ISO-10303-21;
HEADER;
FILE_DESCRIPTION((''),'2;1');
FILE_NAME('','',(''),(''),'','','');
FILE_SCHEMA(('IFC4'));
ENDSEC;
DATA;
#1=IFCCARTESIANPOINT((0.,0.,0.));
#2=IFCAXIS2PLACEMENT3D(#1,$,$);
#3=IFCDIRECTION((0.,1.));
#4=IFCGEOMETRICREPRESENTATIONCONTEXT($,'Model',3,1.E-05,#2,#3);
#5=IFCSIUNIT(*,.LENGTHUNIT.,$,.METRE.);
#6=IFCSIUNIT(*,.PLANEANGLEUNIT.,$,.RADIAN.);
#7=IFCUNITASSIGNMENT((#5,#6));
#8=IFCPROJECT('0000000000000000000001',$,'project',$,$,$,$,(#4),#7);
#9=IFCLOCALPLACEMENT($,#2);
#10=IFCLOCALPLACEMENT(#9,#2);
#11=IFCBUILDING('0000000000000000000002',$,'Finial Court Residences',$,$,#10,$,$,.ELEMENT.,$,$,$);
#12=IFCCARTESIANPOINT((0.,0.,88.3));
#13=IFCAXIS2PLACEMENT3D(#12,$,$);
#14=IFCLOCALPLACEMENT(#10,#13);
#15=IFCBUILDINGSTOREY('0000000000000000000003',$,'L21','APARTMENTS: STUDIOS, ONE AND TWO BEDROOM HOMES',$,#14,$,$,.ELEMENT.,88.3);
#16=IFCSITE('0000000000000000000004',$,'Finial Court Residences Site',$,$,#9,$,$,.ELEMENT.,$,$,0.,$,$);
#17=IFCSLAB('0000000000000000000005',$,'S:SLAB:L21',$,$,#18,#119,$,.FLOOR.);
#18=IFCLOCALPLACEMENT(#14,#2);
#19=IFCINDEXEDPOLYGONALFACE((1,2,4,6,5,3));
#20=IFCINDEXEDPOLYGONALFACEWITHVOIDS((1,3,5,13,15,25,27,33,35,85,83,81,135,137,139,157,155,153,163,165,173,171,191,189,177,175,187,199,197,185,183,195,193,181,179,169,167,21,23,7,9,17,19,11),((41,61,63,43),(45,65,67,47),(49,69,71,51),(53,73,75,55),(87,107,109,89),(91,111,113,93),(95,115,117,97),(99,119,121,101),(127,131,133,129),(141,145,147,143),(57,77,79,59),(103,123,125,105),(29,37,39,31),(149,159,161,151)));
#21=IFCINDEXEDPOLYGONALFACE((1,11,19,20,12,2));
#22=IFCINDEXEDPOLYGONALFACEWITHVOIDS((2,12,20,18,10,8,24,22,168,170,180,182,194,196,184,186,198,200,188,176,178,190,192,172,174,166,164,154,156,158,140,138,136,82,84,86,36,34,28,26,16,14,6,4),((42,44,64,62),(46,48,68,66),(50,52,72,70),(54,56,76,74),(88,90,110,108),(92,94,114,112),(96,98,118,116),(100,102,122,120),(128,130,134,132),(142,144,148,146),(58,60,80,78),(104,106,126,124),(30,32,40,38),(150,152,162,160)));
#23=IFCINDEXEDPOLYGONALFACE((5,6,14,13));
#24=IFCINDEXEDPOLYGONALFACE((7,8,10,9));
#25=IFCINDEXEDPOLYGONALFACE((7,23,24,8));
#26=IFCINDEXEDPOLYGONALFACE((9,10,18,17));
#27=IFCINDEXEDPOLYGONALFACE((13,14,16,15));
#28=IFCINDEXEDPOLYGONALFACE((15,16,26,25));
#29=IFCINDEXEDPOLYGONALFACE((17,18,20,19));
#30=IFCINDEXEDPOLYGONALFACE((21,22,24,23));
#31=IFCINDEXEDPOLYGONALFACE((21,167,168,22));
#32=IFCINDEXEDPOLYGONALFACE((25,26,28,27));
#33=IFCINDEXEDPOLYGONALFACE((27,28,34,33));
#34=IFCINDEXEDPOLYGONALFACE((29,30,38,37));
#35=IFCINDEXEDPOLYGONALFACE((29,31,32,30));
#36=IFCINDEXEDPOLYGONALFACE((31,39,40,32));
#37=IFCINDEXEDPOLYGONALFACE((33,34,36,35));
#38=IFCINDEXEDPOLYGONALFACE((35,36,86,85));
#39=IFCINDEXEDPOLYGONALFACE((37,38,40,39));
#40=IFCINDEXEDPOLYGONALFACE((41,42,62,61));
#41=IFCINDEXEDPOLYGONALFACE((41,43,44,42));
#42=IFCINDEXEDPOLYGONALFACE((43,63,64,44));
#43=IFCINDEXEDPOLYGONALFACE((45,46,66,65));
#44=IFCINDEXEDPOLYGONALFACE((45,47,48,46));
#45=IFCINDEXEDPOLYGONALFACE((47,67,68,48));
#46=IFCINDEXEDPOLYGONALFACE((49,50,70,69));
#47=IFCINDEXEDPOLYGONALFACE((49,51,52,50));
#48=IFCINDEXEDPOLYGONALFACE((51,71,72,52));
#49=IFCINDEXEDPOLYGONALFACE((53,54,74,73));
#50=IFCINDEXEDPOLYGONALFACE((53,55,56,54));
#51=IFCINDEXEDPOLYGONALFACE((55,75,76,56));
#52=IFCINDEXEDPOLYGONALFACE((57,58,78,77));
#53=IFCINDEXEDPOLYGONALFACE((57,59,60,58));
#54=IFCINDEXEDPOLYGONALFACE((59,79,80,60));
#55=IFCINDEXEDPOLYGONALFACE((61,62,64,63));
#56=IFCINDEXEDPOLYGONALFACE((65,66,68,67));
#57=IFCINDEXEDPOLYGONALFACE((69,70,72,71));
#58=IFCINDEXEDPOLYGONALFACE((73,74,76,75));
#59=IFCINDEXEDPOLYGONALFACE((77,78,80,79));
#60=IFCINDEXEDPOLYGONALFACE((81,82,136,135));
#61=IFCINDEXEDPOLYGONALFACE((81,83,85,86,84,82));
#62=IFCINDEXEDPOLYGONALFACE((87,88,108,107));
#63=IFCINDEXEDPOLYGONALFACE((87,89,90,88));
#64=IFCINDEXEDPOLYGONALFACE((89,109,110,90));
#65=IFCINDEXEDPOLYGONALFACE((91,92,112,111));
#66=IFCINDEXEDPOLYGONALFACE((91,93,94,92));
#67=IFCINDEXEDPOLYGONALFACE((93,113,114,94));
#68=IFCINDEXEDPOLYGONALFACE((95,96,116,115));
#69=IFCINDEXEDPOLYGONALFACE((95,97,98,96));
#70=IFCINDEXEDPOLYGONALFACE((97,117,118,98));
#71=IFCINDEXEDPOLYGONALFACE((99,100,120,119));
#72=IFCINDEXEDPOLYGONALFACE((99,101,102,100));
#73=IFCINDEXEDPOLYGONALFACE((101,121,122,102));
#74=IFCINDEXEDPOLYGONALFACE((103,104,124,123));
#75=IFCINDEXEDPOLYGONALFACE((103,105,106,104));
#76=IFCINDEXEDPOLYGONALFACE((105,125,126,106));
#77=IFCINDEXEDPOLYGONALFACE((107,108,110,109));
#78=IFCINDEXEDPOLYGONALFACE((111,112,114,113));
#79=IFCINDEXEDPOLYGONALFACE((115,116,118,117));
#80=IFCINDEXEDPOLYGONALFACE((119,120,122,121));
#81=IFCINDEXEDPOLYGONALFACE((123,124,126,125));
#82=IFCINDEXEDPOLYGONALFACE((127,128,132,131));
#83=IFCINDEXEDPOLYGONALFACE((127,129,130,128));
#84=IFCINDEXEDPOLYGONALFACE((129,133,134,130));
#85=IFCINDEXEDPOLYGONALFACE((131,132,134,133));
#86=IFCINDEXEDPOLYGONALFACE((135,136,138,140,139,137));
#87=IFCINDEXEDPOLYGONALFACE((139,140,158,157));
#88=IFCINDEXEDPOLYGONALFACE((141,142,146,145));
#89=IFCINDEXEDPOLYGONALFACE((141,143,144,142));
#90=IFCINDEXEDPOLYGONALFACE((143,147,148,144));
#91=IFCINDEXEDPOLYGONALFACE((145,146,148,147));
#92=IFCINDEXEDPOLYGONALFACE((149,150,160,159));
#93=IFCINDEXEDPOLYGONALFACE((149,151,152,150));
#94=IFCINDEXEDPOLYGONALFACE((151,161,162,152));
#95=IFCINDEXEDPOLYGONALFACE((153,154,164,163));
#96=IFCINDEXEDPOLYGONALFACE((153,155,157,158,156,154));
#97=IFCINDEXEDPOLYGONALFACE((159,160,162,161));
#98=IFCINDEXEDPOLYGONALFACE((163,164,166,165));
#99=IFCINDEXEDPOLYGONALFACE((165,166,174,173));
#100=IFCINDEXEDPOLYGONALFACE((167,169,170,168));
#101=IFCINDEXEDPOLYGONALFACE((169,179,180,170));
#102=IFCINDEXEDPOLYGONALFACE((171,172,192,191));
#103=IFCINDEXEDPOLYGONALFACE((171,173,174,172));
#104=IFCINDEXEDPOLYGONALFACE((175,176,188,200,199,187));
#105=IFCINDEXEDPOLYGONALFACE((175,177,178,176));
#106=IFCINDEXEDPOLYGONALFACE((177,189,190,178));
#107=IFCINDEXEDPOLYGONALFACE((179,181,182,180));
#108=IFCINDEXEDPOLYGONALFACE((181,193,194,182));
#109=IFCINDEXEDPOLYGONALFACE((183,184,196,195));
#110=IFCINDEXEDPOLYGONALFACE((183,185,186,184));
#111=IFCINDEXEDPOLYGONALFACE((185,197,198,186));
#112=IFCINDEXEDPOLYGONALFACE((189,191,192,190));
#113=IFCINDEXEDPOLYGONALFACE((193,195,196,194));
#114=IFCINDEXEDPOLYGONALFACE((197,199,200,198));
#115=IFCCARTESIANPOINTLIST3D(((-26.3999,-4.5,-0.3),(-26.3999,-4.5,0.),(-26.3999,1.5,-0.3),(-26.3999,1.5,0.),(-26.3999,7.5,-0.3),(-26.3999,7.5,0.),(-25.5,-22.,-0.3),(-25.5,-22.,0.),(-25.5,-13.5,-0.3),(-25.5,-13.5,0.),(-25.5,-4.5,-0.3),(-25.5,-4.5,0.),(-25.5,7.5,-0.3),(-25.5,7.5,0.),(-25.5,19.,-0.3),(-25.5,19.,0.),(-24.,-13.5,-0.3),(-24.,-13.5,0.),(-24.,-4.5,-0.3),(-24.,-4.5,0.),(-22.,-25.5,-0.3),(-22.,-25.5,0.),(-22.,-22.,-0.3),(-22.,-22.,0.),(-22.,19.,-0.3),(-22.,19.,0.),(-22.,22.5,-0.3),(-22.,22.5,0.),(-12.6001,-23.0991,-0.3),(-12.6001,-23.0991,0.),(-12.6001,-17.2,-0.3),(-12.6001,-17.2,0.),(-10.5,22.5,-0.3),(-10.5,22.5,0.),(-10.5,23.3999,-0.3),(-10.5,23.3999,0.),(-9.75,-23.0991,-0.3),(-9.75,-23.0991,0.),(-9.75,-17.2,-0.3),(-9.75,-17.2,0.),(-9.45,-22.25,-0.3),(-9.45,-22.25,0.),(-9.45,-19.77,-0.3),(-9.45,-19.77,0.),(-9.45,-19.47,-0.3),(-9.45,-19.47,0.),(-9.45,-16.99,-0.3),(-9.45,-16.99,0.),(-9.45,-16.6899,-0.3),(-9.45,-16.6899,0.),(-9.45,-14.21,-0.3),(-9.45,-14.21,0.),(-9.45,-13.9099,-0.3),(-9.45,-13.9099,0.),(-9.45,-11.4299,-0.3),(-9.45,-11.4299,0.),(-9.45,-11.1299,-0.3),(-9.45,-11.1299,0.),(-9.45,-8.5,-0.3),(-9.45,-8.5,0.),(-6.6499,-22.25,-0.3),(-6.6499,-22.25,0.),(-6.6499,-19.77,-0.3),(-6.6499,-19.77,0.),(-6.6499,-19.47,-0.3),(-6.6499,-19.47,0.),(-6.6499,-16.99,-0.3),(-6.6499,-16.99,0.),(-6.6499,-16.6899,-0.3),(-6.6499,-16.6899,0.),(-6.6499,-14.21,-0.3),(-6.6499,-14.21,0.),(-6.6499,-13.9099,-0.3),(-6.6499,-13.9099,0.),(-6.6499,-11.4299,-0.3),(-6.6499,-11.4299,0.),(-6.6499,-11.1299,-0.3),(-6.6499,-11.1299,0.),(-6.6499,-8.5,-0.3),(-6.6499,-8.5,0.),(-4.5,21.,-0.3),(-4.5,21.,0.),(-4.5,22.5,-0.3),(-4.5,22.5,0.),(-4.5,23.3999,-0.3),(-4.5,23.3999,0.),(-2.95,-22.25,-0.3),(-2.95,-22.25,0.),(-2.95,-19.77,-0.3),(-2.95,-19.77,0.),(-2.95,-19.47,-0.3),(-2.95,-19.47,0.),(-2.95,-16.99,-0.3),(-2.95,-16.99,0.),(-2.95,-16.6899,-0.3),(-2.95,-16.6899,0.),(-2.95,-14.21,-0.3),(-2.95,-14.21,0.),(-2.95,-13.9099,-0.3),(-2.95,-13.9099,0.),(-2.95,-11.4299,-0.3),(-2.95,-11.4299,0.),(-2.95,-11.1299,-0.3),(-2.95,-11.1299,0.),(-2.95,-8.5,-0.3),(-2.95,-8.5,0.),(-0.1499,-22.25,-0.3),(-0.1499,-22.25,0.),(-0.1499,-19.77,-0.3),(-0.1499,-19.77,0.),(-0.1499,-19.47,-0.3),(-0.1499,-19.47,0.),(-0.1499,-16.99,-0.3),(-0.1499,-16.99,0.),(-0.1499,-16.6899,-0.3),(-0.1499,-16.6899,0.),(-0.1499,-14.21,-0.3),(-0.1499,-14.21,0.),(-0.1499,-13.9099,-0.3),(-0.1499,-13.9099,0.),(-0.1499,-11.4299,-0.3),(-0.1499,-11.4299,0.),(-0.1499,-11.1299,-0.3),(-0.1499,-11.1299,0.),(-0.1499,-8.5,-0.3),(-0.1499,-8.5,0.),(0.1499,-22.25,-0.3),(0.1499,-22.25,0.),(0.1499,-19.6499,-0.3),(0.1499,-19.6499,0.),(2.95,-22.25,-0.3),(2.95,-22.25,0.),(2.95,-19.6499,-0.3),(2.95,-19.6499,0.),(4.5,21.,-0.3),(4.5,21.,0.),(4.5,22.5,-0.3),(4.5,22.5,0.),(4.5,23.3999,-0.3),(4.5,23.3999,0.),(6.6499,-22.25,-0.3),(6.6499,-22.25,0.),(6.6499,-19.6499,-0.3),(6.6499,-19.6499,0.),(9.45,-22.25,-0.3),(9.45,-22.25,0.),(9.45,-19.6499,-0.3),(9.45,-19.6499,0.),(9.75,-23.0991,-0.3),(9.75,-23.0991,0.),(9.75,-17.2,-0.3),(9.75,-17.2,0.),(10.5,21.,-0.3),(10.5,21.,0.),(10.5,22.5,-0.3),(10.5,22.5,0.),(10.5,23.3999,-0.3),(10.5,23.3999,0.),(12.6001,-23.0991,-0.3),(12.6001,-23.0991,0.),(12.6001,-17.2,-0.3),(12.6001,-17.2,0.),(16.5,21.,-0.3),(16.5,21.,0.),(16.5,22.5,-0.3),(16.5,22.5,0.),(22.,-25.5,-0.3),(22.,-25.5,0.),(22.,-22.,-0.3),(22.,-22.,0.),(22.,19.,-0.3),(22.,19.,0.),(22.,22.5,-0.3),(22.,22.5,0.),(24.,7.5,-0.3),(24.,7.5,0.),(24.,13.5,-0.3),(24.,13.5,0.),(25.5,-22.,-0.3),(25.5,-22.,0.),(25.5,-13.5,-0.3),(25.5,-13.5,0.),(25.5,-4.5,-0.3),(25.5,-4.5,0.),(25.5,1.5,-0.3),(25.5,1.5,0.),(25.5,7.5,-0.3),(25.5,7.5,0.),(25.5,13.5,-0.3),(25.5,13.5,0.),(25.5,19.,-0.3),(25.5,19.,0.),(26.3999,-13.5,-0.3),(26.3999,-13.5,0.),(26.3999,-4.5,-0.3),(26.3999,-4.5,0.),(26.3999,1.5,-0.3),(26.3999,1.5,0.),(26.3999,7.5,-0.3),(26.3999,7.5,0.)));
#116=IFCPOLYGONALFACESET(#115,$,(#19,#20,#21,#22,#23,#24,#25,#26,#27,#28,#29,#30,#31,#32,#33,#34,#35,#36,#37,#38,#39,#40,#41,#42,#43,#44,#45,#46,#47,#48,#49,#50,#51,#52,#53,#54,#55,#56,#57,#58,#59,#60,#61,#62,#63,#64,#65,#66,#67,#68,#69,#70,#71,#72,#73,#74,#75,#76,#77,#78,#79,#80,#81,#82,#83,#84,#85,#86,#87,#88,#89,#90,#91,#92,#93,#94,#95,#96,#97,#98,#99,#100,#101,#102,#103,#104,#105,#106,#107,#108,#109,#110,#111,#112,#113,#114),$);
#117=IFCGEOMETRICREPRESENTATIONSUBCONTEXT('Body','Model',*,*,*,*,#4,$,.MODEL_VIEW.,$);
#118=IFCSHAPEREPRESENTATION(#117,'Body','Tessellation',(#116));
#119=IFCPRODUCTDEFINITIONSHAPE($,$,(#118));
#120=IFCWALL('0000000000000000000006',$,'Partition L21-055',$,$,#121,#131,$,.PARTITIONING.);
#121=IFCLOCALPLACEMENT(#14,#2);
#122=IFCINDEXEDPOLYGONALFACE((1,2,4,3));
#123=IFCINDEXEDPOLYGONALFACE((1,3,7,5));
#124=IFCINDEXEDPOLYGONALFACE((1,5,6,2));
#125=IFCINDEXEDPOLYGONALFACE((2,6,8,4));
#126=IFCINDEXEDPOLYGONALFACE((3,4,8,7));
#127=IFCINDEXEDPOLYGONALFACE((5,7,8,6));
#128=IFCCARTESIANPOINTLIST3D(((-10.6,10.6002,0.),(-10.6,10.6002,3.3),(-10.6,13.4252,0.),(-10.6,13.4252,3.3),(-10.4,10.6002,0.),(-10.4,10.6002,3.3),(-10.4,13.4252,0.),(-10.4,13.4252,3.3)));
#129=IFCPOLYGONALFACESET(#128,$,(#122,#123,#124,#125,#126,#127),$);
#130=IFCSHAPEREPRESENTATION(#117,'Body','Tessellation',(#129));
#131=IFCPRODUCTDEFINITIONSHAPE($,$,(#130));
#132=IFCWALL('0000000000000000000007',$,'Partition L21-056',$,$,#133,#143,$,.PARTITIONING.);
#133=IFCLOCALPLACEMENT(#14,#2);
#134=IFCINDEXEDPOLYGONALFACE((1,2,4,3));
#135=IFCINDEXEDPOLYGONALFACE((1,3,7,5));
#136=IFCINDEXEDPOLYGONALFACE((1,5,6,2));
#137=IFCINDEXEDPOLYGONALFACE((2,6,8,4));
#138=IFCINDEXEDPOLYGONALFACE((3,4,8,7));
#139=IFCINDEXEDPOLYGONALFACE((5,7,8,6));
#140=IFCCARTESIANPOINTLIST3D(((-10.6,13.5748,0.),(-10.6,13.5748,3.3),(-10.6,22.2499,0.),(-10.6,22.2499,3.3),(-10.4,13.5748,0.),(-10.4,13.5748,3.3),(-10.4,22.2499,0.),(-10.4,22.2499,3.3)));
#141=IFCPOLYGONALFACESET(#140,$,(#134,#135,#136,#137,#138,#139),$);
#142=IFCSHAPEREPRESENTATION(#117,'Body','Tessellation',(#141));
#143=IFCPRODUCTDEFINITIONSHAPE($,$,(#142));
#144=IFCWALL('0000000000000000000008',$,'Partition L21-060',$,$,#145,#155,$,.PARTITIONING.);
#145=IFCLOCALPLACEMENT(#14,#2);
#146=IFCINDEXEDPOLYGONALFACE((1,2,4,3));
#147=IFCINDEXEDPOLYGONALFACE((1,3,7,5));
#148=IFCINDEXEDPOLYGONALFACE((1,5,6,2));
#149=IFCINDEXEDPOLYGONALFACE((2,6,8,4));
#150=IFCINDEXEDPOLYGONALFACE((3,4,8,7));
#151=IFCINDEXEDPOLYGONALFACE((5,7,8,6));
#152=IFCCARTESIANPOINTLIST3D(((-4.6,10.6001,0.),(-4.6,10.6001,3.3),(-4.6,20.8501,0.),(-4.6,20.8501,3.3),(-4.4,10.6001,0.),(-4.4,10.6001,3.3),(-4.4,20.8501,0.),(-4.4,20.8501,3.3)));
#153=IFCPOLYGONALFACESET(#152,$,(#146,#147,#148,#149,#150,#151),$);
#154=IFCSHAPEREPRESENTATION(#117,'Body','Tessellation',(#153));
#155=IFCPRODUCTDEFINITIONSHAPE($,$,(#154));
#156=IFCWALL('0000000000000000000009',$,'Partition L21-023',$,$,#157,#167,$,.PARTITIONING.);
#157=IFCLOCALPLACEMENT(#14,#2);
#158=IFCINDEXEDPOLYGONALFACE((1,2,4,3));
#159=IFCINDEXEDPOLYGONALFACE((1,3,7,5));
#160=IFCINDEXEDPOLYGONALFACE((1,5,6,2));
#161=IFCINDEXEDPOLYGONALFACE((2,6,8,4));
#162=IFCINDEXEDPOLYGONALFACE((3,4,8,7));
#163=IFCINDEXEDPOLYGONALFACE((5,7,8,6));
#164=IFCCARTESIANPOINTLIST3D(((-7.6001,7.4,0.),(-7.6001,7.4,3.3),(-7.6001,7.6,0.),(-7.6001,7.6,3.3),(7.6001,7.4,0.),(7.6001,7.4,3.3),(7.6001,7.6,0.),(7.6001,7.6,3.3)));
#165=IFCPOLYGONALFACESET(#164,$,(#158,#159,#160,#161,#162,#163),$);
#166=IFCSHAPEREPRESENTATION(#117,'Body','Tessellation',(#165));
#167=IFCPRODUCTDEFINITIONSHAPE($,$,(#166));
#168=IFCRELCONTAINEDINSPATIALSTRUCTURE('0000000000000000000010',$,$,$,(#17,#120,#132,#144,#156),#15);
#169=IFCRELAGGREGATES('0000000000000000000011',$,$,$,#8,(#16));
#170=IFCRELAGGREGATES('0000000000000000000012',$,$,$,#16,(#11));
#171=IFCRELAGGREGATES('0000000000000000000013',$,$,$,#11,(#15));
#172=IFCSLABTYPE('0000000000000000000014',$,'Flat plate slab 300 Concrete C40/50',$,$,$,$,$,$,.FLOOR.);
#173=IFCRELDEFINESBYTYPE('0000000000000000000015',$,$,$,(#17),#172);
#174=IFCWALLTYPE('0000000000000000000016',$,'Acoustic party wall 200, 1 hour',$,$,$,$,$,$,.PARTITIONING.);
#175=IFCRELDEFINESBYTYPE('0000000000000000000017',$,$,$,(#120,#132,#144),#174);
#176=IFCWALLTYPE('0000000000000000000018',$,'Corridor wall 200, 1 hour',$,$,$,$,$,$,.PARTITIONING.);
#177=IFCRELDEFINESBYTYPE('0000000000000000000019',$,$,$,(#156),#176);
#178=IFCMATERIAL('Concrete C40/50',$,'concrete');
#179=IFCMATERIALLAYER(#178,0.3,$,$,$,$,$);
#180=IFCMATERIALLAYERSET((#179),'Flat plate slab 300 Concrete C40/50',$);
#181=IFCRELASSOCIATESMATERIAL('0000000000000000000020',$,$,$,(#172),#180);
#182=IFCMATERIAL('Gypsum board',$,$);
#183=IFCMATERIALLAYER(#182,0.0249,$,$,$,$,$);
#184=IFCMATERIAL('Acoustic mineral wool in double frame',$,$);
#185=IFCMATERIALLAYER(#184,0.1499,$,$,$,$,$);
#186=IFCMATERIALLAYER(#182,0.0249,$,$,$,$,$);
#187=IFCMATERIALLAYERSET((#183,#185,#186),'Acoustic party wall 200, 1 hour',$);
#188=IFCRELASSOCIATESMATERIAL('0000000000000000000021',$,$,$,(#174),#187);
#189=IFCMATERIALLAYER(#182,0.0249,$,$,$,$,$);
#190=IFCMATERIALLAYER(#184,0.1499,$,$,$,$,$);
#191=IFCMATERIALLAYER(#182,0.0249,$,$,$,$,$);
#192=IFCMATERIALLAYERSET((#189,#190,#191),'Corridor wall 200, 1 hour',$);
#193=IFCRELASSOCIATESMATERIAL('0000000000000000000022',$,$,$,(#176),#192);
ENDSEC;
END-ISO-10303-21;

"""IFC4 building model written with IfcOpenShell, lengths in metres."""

from ifc_helpers import new_model, si_unit, direction, frame, frame_2d, origin, place, context, subcontext, project, spatial, polyline, rectangle, outline, extrude, material, layer, layer_set, type_object, element, save


model = new_model("IFC4")

# Units and contexts
model_context = context("Model", 3, precision=1e-05, world=origin(), true_north=direction((0.0, 1.0)))
body_context = subcontext(model_context, "Body", "Model", "MODEL_VIEW")
ifc_project = project(units=[si_unit("LENGTHUNIT", "METRE"), si_unit("PLANEANGLEUNIT", "RADIAN")], contexts=[model_context])

# Site, building, storey
site_placement = place(None, origin())
site = spatial("IfcSite", under=ifc_project, at=site_placement, Name="Finial Court Residences Site", CompositionType="ELEMENT", RefElevation=0.0)
building_placement = place(site_placement, origin())
building = spatial("IfcBuilding", under=site, at=building_placement, Name="Finial Court Residences", CompositionType="ELEMENT")
storey_placement = place(building_placement, frame((0.0, 0.0, 88.3)))
storey = spatial("IfcBuildingStorey", under=building, at=storey_placement, Name="L21", Description="APARTMENTS: STUDIOS, ONE AND TWO BEDROOM HOMES", CompositionType="ELEMENT", Elevation=88.3)

# Slab
ifc_material_1 = material(Name="Concrete C40/50", Category="concrete")
ifc_layer_1 = layer(ifc_material_1, 0.3)
ifc_layer_set_1 = layer_set([ifc_layer_1], Name="Flat plate slab 300 Concrete C40/50")
slab_type = type_object("IfcSlabType", Name="Flat plate slab 300 Concrete C40/50", PredefinedType="FLOOR", material=ifc_layer_set_1)
slab_placement = place(storey_placement, frame((0.0, 0.0, -0.3)))
element("IfcSlab", 1, at=slab_placement, inside=storey, type_object=slab_type, Name="S:SLAB:L21", PredefinedType="FLOOR", context=body_context, shape_type="SweptSolid", body=[
    extrude(outline(polyline([(-26.3999, 1.5), (-26.3999, 7.5), (-25.5, 7.5), (-25.5, 19.0), (-22.0, 19.0), (-22.0, 22.5), (-10.5, 22.5), (-10.5, 23.3999), (-4.5, 23.3999), (-4.5, 22.5), (-4.5, 21.0), (4.5, 21.0), (4.5, 22.5), (4.5, 23.3999), (10.5, 23.3999), (10.5, 22.5), (10.5, 21.0), (16.5, 21.0), (16.5, 22.5), (22.0, 22.5), (22.0, 19.0), (25.5, 19.0), (25.5, 13.5), (24.0, 13.5), (24.0, 7.5), (25.5, 7.5), (26.3999, 7.5), (26.3999, 1.5), (25.5, 1.5), (25.5, -4.5), (26.3999, -4.5), (26.3999, -13.5), (25.5, -13.5), (25.5, -22.0), (22.0, -22.0), (22.0, -25.5), (-22.0, -25.5), (-22.0, -22.0), (-25.5, -22.0), (-25.5, -13.5), (-24.0, -13.5), (-24.0, -4.5), (-25.5, -4.5), (-26.3999, -4.5), (-26.3999, 1.5)]), holes=[polyline([(-6.6499, -19.77), (-9.45, -19.77), (-9.45, -22.25), (-6.6499, -22.25), (-6.6499, -19.77)]), polyline([(-9.75, -17.2), (-12.6001, -17.2), (-12.6001, -23.0991), (-9.75, -23.0991), (-9.75, -17.2)]), polyline([(-6.6499, -19.47), (-6.6499, -16.99), (-9.45, -16.99), (-9.45, -19.47), (-6.6499, -19.47)]), polyline([(-6.6499, -16.6899), (-6.6499, -14.21), (-9.45, -14.21), (-9.45, -16.6899), (-6.6499, -16.6899)]), polyline([(-6.6499, -13.9099), (-6.6499, -11.4299), (-9.45, -11.4299), (-9.45, -13.9099), (-6.6499, -13.9099)]), polyline([(-6.6499, -11.1299), (-6.6499, -8.5), (-9.45, -8.5), (-9.45, -11.1299), (-6.6499, -11.1299)]), polyline([(-0.1499, -11.1299), (-0.1499, -8.5), (-2.95, -8.5), (-2.95, -11.1299), (-0.1499, -11.1299)]), polyline([(-0.1499, -19.77), (-2.95, -19.77), (-2.95, -22.25), (-0.1499, -22.25), (-0.1499, -19.77)]), polyline([(2.95, -22.25), (2.95, -19.6499), (0.1499, -19.6499), (0.1499, -22.25), (2.95, -22.25)]), polyline([(9.45, -22.25), (9.45, -19.6499), (6.6499, -19.6499), (6.6499, -22.25), (9.45, -22.25)]), polyline([(12.6001, -17.2), (9.75, -17.2), (9.75, -23.0991), (12.6001, -23.0991), (12.6001, -17.2)]), polyline([(-0.1499, -19.47), (-0.1499, -16.99), (-2.95, -16.99), (-2.95, -19.47), (-0.1499, -19.47)]), polyline([(-0.1499, -16.6899), (-0.1499, -14.21), (-2.95, -14.21), (-2.95, -16.6899), (-0.1499, -16.6899)]), polyline([(-0.1499, -13.9099), (-0.1499, -11.4299), (-2.95, -11.4299), (-2.95, -13.9099), (-0.1499, -13.9099)])]), origin(), (0.0, 0.0, 1.0), 0.3),
])

# Walls
ifc_material_2 = material(Name="Gypsum board")
ifc_layer_2 = layer(ifc_material_2, 0.0249)
ifc_material_3 = material(Name="Acoustic mineral wool in double frame")
ifc_layer_3 = layer(ifc_material_3, 0.1499)
ifc_layer_4 = layer(ifc_material_2, 0.0249)
ifc_layer_set_2 = layer_set([ifc_layer_2, ifc_layer_3, ifc_layer_4], Name="Acoustic party wall 200, 1 hour")
wall_type_1 = type_object("IfcWallType", Name="Acoustic party wall 200, 1 hour", PredefinedType="PARTITIONING", material=ifc_layer_set_2)
wall_1_placement = place(storey_placement, frame((-10.5, 10.6001, 0.0), z_axis=(0.0, 0.0, 1.0), x_axis=(0.0, 1.0, 0.0)))
element("IfcWall", 2, at=wall_1_placement, inside=storey, type_object=wall_type_1, Name="Partition L21-055", PredefinedType="PARTITIONING", context=body_context, shape_type="SweptSolid", body=[
    extrude(rectangle(XDim=2.825, YDim=0.2, at=frame_2d((1.4126, 0.0))), origin(), (0.0, 0.0, 1.0), 3.3),
])
wall_2_placement = place(storey_placement, frame((-10.5, 13.575, 0.0), z_axis=(0.0, 0.0, 1.0), x_axis=(0.0, 1.0, 0.0)))
element("IfcWall", 3, at=wall_2_placement, inside=storey, type_object=wall_type_1, Name="Partition L21-056", PredefinedType="PARTITIONING", context=body_context, shape_type="SweptSolid", body=[
    extrude(rectangle(XDim=8.675, YDim=0.2, at=frame_2d((4.3374, 0.0))), origin(), (0.0, 0.0, 1.0), 3.3),
])
wall_3_placement = place(storey_placement, frame((-4.5, 10.6001, 0.0), z_axis=(0.0, 0.0, 1.0), x_axis=(0.0, 1.0, 0.0)))
element("IfcWall", 4, at=wall_3_placement, inside=storey, type_object=wall_type_1, Name="Partition L21-060", PredefinedType="PARTITIONING", context=body_context, shape_type="SweptSolid", body=[
    extrude(rectangle(XDim=10.25, YDim=0.2, at=frame_2d((5.125, 0.0))), origin(), (0.0, 0.0, 1.0), 3.3),
])
ifc_layer_5 = layer(ifc_material_2, 0.0249)
ifc_layer_6 = layer(ifc_material_3, 0.1499)
ifc_layer_7 = layer(ifc_material_2, 0.0249)
ifc_layer_set_3 = layer_set([ifc_layer_5, ifc_layer_6, ifc_layer_7], Name="Corridor wall 200, 1 hour")
wall_type_2 = type_object("IfcWallType", Name="Corridor wall 200, 1 hour", PredefinedType="PARTITIONING", material=ifc_layer_set_3)
wall_4_placement = place(storey_placement, frame((-7.6001, 7.5, 0.0), z_axis=(0.0, 0.0, 1.0), x_axis=(1.0, 0.0, 0.0)))
element("IfcWall", 5, at=wall_4_placement, inside=storey, type_object=wall_type_2, Name="Partition L21-023", PredefinedType="PARTITIONING", context=body_context, shape_type="SweptSolid", body=[
    extrude(rectangle(XDim=15.2002, YDim=0.2, at=frame_2d((7.6001, 0.0))), origin(), (0.0, 0.0, 1.0), 3.3),
])

save(model, "model.ifc")
